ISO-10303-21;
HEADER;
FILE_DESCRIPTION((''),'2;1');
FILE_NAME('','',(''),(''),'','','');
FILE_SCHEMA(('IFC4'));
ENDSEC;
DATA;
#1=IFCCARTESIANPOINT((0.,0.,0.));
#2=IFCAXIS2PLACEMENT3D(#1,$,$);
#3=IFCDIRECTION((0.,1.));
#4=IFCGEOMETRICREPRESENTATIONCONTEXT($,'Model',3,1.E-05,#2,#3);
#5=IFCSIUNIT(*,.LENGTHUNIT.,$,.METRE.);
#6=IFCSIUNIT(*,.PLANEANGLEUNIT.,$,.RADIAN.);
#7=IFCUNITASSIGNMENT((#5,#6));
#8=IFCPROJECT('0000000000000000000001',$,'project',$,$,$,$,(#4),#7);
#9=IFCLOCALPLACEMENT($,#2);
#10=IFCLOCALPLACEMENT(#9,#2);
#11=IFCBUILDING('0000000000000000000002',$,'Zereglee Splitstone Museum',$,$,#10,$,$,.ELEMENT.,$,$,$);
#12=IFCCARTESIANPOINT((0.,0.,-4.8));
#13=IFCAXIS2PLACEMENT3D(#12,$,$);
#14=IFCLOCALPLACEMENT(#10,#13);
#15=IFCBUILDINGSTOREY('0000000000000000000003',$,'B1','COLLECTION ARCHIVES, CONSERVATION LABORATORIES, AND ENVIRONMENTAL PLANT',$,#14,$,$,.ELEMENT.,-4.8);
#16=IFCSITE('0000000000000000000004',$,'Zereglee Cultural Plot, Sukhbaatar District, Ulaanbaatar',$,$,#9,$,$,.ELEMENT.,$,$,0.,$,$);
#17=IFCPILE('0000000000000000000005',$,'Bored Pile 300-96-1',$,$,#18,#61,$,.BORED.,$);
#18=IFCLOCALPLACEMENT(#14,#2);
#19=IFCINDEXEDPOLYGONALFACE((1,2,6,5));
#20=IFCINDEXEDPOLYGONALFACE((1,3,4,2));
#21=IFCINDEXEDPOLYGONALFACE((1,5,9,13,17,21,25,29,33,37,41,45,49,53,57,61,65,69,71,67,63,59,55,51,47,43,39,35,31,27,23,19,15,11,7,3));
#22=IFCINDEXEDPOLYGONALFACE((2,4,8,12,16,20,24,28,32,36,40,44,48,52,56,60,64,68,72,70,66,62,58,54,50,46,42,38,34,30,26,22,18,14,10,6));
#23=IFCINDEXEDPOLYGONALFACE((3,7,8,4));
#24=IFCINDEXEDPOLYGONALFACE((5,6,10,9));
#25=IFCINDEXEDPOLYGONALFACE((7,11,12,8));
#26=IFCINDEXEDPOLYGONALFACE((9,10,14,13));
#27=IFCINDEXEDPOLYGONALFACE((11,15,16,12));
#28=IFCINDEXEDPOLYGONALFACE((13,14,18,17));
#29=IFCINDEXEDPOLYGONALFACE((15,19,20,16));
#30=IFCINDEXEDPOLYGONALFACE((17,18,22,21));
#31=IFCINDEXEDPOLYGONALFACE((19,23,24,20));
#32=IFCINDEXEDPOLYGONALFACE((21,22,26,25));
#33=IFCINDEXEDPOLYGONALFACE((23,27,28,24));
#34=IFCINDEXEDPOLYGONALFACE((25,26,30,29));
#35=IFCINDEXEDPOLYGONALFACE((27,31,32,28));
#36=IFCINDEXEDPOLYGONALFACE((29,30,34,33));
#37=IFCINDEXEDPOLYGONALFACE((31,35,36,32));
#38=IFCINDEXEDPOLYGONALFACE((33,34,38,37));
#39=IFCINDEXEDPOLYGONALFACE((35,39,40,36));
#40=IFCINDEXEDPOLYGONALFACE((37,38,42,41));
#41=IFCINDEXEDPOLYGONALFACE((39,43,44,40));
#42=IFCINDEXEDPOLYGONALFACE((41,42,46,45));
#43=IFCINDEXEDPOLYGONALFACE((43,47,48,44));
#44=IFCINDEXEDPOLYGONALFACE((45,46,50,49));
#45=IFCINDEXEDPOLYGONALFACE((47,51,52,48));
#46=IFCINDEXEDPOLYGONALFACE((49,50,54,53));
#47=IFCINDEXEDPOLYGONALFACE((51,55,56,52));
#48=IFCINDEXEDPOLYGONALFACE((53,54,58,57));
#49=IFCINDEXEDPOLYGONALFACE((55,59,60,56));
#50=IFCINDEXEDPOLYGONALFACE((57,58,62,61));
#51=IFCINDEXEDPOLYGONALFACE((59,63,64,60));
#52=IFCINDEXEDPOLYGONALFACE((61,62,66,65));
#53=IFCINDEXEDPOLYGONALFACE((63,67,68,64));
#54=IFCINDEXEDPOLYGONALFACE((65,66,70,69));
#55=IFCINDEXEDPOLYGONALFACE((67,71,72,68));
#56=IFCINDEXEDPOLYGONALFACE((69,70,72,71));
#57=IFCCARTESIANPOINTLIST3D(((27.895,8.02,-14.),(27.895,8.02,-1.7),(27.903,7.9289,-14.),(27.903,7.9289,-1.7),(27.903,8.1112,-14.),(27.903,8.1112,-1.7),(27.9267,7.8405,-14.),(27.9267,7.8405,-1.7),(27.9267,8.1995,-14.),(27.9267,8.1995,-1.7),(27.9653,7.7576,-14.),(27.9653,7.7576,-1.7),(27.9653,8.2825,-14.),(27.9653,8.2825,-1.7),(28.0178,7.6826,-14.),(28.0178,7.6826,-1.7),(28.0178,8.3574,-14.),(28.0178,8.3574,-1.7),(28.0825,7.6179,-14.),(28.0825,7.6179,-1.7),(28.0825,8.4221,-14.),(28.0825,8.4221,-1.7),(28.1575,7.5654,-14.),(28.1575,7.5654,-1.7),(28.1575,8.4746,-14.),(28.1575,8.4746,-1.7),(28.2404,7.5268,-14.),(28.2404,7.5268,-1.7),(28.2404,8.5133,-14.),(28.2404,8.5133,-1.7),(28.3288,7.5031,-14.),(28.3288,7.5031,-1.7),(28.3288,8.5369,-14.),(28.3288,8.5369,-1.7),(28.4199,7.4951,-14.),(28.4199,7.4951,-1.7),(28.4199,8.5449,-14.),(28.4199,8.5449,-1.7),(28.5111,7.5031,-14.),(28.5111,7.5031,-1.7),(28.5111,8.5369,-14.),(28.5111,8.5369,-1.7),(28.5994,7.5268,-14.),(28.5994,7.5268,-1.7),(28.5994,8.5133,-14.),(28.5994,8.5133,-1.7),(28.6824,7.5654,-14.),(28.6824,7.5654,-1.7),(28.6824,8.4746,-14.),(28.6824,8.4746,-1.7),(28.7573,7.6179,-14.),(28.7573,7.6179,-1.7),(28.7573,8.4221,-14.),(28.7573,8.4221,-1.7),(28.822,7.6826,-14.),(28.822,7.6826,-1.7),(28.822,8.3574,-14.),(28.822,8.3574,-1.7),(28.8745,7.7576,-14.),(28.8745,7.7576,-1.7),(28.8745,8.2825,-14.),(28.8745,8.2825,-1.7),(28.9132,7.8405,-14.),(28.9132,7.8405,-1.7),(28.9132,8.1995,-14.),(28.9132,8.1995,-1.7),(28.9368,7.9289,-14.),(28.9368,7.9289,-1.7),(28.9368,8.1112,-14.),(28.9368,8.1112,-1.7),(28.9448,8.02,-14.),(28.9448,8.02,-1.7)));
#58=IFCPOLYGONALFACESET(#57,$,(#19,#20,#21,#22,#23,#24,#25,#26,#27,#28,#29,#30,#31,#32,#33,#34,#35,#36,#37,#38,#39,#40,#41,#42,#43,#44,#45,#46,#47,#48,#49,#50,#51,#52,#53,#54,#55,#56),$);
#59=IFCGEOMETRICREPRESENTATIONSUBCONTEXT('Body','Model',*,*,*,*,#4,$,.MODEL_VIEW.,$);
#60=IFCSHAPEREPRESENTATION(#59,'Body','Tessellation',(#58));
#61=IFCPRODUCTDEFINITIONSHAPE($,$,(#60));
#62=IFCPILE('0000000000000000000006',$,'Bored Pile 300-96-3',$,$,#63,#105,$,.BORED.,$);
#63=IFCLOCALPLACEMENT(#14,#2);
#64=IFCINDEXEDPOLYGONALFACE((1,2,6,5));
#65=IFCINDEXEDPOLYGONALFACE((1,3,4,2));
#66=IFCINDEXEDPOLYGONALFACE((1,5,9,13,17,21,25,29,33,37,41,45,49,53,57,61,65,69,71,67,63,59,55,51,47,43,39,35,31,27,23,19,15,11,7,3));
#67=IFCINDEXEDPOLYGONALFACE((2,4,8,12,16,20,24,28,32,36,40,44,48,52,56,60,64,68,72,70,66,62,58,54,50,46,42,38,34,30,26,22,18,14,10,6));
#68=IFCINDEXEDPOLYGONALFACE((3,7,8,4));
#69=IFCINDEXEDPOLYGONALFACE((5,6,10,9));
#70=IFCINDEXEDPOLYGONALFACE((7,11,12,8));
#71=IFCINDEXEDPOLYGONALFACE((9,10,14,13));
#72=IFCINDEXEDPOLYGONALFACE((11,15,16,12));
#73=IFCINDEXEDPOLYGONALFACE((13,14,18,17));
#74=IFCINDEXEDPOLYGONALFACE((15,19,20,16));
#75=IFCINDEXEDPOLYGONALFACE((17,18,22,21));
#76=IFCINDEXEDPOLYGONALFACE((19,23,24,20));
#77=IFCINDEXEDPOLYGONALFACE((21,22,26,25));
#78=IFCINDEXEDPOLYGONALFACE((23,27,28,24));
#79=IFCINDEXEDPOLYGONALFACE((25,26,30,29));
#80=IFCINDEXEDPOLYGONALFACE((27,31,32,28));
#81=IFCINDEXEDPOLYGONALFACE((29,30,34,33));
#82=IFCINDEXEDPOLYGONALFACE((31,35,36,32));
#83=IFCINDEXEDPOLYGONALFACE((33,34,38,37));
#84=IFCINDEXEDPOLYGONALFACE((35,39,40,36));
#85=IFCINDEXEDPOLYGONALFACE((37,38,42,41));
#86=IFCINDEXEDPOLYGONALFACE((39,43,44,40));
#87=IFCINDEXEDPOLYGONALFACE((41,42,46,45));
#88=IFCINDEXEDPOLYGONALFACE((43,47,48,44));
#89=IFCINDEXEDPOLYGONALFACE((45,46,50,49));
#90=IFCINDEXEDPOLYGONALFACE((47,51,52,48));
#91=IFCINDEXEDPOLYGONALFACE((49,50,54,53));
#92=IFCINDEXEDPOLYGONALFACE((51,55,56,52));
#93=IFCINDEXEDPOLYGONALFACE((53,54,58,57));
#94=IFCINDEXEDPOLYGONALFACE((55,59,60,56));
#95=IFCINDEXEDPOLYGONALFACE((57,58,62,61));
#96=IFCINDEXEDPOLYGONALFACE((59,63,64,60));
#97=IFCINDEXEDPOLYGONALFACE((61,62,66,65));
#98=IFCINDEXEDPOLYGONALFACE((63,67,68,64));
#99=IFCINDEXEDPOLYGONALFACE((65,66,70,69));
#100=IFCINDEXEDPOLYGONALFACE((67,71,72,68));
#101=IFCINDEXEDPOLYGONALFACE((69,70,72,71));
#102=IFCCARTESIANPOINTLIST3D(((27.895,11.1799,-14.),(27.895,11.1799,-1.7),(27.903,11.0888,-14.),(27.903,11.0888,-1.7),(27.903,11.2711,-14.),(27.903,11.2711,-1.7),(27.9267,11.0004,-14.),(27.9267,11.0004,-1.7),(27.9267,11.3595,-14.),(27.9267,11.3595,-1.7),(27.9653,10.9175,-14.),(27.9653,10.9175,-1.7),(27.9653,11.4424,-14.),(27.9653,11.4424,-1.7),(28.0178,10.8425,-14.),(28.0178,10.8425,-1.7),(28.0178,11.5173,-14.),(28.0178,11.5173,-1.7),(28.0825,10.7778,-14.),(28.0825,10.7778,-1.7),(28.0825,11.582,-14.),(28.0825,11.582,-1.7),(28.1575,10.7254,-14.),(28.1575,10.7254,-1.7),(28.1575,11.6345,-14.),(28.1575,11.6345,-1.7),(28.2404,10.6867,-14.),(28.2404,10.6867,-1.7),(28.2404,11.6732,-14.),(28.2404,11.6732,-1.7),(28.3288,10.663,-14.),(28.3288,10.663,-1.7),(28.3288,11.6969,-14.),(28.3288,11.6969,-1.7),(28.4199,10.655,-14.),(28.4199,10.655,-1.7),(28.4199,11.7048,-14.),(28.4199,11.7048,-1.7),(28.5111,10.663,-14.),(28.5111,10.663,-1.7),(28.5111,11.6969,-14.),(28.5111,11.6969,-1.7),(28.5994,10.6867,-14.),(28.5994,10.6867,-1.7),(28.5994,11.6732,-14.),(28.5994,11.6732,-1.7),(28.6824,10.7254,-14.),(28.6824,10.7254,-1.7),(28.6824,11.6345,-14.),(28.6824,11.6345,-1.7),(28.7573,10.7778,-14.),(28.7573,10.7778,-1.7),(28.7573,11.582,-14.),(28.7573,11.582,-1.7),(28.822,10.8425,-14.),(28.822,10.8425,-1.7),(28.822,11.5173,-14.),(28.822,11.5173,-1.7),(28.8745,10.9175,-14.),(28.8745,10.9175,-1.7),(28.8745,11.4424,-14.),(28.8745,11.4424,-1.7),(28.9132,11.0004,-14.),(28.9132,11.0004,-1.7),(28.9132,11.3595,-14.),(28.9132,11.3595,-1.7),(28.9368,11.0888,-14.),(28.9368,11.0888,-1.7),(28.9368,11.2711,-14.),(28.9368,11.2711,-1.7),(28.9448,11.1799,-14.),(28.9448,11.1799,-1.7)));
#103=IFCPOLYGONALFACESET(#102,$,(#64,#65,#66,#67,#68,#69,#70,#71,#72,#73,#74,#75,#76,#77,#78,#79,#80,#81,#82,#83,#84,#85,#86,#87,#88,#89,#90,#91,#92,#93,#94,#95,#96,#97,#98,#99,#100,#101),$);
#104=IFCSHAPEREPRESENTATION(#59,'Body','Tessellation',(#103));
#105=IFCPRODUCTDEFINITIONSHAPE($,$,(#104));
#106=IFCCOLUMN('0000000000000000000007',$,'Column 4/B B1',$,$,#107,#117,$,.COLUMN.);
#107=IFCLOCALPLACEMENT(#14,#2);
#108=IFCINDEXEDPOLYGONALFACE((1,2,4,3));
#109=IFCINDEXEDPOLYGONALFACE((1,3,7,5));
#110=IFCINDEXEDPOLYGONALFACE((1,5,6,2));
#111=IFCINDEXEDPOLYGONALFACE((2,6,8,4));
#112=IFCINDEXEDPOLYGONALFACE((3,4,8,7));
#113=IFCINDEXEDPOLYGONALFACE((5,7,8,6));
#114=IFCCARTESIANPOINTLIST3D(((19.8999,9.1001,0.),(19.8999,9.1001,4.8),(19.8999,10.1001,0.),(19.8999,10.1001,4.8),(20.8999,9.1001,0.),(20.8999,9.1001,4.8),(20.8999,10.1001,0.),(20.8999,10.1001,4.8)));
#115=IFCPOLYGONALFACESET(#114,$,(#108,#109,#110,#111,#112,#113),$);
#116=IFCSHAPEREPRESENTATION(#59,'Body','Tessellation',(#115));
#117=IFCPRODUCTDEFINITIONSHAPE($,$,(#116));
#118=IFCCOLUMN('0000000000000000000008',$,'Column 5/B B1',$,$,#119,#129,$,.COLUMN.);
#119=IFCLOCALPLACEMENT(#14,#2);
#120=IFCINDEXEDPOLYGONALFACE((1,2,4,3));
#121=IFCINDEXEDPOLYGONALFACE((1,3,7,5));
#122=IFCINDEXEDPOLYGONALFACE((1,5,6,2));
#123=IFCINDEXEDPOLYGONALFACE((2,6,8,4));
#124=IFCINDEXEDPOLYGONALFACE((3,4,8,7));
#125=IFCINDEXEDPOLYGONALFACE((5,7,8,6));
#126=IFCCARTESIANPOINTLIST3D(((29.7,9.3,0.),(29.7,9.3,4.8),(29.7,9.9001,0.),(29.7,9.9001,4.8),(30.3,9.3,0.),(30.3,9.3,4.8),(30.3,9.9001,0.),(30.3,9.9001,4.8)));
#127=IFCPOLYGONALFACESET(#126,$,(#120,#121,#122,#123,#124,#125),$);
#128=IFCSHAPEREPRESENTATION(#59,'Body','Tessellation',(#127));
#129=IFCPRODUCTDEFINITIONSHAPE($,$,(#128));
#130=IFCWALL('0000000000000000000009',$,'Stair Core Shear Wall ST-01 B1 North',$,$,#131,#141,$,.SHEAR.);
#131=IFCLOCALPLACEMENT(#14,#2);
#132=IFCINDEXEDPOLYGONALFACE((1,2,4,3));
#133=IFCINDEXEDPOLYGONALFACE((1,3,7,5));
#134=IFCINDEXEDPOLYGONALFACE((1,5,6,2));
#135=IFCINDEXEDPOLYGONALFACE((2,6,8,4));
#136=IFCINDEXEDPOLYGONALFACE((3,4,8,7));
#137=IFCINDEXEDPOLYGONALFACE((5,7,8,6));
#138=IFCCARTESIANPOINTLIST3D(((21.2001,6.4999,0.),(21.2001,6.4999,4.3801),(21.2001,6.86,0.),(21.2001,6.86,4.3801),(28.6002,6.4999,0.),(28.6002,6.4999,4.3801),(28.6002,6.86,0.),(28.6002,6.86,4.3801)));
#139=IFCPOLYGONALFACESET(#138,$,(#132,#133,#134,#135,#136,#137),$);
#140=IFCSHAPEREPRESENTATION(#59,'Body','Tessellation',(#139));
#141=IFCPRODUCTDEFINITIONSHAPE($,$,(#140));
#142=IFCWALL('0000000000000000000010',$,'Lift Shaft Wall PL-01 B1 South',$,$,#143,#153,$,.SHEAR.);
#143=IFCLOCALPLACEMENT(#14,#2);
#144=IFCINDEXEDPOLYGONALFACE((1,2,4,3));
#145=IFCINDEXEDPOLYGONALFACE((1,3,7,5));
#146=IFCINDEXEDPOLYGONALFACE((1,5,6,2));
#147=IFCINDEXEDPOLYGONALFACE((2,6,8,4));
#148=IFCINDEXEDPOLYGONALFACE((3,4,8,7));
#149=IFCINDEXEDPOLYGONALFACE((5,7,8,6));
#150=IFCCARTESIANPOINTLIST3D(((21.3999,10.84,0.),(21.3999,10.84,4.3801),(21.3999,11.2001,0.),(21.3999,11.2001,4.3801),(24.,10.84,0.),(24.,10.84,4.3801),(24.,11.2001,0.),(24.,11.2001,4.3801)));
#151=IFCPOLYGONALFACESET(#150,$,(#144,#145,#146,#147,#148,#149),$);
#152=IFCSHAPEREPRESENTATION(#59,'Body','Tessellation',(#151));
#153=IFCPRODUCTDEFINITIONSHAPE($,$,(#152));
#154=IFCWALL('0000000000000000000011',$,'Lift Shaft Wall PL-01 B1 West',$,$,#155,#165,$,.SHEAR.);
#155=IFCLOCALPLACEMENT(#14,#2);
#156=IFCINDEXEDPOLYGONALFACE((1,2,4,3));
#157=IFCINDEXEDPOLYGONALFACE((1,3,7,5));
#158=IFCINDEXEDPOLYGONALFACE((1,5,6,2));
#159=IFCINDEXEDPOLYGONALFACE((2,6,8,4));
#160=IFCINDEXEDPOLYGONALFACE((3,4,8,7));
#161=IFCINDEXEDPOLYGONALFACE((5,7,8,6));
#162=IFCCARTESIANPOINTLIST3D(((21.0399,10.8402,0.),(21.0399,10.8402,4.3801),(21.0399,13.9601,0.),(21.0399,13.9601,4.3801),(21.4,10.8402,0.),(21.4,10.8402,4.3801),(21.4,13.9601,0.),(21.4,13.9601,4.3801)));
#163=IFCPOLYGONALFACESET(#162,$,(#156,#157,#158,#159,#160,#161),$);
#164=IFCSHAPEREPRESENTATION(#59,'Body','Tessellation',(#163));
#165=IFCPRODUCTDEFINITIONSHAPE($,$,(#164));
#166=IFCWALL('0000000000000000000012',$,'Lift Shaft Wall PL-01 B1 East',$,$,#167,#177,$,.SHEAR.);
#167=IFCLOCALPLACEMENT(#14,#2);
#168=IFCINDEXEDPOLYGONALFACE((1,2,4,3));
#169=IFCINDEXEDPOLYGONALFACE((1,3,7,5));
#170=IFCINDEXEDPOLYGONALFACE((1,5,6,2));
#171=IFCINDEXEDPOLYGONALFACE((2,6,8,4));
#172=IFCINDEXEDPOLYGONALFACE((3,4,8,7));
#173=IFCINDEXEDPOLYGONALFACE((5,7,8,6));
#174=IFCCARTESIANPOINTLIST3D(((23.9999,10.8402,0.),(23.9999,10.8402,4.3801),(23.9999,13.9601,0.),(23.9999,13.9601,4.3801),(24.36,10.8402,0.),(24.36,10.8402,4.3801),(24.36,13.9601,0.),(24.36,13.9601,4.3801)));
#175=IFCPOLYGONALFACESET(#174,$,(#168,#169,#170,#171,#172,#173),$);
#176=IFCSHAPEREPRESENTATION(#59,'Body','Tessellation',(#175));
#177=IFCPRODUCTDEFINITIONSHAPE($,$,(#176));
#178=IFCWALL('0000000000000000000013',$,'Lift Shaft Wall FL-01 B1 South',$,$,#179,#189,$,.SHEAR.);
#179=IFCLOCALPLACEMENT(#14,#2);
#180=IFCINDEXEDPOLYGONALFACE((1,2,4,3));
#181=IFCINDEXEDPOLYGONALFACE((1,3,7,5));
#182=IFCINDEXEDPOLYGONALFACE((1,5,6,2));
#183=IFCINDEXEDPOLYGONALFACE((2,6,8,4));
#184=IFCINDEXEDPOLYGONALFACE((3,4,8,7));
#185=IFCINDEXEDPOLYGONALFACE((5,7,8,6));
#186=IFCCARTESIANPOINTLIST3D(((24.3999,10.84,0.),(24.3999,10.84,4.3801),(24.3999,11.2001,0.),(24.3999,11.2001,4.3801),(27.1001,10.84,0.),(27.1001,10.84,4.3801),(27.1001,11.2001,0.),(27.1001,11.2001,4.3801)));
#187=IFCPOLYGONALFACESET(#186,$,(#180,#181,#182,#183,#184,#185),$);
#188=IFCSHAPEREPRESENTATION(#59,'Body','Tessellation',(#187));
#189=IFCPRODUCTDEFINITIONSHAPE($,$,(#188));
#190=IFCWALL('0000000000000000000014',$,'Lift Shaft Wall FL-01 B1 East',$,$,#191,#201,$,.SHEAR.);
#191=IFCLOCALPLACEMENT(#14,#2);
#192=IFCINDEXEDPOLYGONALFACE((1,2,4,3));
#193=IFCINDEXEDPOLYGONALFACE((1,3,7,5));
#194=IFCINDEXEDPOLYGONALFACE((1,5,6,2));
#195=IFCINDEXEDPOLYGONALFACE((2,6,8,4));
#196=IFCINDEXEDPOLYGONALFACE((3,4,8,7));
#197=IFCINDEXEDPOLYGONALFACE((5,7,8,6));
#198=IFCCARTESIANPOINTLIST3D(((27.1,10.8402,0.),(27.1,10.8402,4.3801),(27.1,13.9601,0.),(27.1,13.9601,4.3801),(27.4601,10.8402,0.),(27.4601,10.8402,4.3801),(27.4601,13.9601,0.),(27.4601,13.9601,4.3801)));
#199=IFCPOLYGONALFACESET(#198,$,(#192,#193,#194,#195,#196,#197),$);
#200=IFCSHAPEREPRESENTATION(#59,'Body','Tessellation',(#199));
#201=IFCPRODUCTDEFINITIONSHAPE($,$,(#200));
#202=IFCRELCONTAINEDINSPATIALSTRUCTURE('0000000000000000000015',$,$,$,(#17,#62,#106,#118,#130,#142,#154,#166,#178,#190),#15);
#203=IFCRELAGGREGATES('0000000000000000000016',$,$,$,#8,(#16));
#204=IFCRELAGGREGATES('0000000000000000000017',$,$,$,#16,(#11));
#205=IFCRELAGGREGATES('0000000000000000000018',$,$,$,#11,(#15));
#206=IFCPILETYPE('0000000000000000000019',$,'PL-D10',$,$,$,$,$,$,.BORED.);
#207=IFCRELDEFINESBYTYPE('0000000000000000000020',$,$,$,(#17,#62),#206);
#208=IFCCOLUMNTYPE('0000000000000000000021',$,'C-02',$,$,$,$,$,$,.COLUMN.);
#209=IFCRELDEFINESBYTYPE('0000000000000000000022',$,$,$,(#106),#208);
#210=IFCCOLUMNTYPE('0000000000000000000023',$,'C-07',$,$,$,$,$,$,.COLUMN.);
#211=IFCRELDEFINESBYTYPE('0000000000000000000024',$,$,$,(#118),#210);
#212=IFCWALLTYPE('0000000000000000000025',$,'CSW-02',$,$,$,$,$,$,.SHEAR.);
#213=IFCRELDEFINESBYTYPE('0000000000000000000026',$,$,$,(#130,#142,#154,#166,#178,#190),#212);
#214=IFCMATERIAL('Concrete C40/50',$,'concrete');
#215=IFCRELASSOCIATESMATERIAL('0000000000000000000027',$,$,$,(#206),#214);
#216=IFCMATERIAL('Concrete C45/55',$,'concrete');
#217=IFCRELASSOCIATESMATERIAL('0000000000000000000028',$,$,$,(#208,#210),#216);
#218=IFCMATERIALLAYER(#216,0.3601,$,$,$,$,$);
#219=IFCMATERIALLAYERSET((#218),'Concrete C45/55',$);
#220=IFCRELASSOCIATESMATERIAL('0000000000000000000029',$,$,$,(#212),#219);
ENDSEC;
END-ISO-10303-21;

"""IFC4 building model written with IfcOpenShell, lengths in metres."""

from ifc_helpers import new_model, si_unit, direction, frame, frame_2d, origin, origin_2d, place, context, subcontext, project, spatial, rectangle, circle, extrude, material, layer, layer_set, material_profile, profile_set, type_object, element, save


model = new_model("IFC4")

# Units and contexts
model_context = context("Model", 3, precision=1e-05, world=origin(), true_north=direction((0.0, 1.0)))
body_context = subcontext(model_context, "Body", "Model", "MODEL_VIEW")
ifc_project = project(units=[si_unit("LENGTHUNIT", "METRE"), si_unit("PLANEANGLEUNIT", "RADIAN")], contexts=[model_context])

# Site, building, storey
site_placement = place(None, origin())
site = spatial("IfcSite", under=ifc_project, at=site_placement, Name="Zereglee Cultural Plot, Sukhbaatar District, Ulaanbaatar", CompositionType="ELEMENT", RefElevation=0.0)
building_placement = place(site_placement, origin())
building = spatial("IfcBuilding", under=site, at=building_placement, Name="Zereglee Splitstone Museum", CompositionType="ELEMENT")
storey_placement = place(building_placement, frame((0.0, 0.0, -4.8)))
storey = spatial("IfcBuildingStorey", under=building, at=storey_placement, Name="B1", Description="COLLECTION ARCHIVES, CONSERVATION LABORATORIES, AND ENVIRONMENTAL PLANT", CompositionType="ELEMENT", Elevation=-4.8)

# Shared definitions
ifc_material_1 = material(Name="Concrete C40/50", Category="concrete")

# Piles
ifc_material_profile_1 = material_profile(ifc_material_1, circle(Radius=0.5249, at=origin_2d()), Name="PILE D1050")
ifc_profile_set_1 = profile_set([ifc_material_profile_1], Name="Concrete C40/50")
pile_type = type_object("IfcPileType", Name="PL-D10", PredefinedType="BORED", material=ifc_profile_set_1)
for number, where, z_axis, x_axis, name in (
    (1, (28.4199, 8.02, -1.7), (0.0, 0.0, -1.0), (1.0, 0.0, 0.0), "Bored Pile 300-96-1"),
    (2, (28.4199, 11.1799, -1.7), (0.0, 0.0, -1.0), (1.0, 0.0, 0.0), "Bored Pile 300-96-3"),
):
    element("IfcPile", number, at=place(storey_placement, frame(where, z_axis=z_axis, x_axis=x_axis)), inside=storey, type_object=pile_type, Name=name, PredefinedType="BORED", context=body_context, shape_type="SweptSolid", body=[
        extrude(circle(Radius=0.5249, at=origin_2d()), origin(), (0.0, 0.0, 1.0), 12.3),
    ])

# Columns
ifc_material_2 = material(Name="Concrete C45/55", Category="concrete")
ifc_material_profile_2 = material_profile(ifc_material_2, rectangle(XDim=1.0, YDim=1.0, at=origin_2d()), Name="RC 1000x1000")
ifc_profile_set_2 = profile_set([ifc_material_profile_2], Name="Concrete C45/55")
column_type_1 = type_object("IfcColumnType", Name="C-02", PredefinedType="COLUMN", material=ifc_profile_set_2)
column_1_placement = place(storey_placement, frame((20.3999, 9.6001, 0.0), z_axis=(0.0, 0.0, 1.0), x_axis=(1.0, 0.0, 0.0)))
element("IfcColumn", 3, at=column_1_placement, inside=storey, type_object=column_type_1, Name="Column 4/B B1", PredefinedType="COLUMN", context=body_context, shape_type="SweptSolid", body=[
    extrude(rectangle(XDim=1.0, YDim=1.0, at=origin_2d()), origin(), (0.0, 0.0, 1.0), 4.8),
])
ifc_material_profile_3 = material_profile(ifc_material_2, rectangle(XDim=0.6001, YDim=0.6001, at=origin_2d()), Name="RC 600x600")
ifc_profile_set_3 = profile_set([ifc_material_profile_3], Name="Concrete C45/55")
column_type_2 = type_object("IfcColumnType", Name="C-07", PredefinedType="COLUMN", material=ifc_profile_set_3)
column_2_placement = place(storey_placement, frame((30.0, 9.6001, 0.0), z_axis=(0.0, 0.0, 1.0), x_axis=(1.0, 0.0, 0.0)))
element("IfcColumn", 4, at=column_2_placement, inside=storey, type_object=column_type_2, Name="Column 5/B B1", PredefinedType="COLUMN", context=body_context, shape_type="SweptSolid", body=[
    extrude(rectangle(XDim=0.6001, YDim=0.6001, at=origin_2d()), origin(), (0.0, 0.0, 1.0), 4.8),
])

# Walls
ifc_layer_1 = layer(ifc_material_2, 0.3601)
ifc_layer_set_1 = layer_set([ifc_layer_1], Name="Concrete C45/55")
wall_type_1 = type_object("IfcWallType", Name="CSW-02", PredefinedType="SHEAR", material=ifc_layer_set_1)
wall_1_placement = place(storey_placement, frame((21.2, 6.6799, 0.0), z_axis=(0.0, 0.0, 1.0), x_axis=(1.0, 0.0, 0.0)))
element("IfcWall", 5, at=wall_1_placement, inside=storey, type_object=wall_type_1, Name="Stair Core Shear Wall ST-01 B1 North", PredefinedType="SHEAR", context=body_context, shape_type="SweptSolid", body=[
    extrude(rectangle(XDim=7.4001, YDim=0.3601, at=frame_2d((3.7002, 0.0))), origin(), (0.0, 0.0, 1.0), 4.3801),
])
wall_2_placement = place(storey_placement, frame((21.3999, 11.02, 0.0), z_axis=(0.0, 0.0, 1.0), x_axis=(1.0, 0.0, 0.0)))
element("IfcWall", 6, at=wall_2_placement, inside=storey, type_object=wall_type_1, Name="Lift Shaft Wall PL-01 B1 South", PredefinedType="SHEAR", context=body_context, shape_type="SweptSolid", body=[
    extrude(rectangle(XDim=2.6001, YDim=0.3601, at=frame_2d((1.3, 0.0))), origin(), (0.0, 0.0, 1.0), 4.3801),
])
for number, where, z_axis, x_axis, name in (
    (7, (21.22, 10.8401, 0.0), (0.0, 0.0, 1.0), (0.0, 1.0, 0.0), "Lift Shaft Wall PL-01 B1 West"),
    (8, (24.1799, 10.8401, 0.0), (0.0, 0.0, 1.0), (0.0, 1.0, 0.0), "Lift Shaft Wall PL-01 B1 East"),
):
    element("IfcWall", number, at=place(storey_placement, frame(where, z_axis=z_axis, x_axis=x_axis)), inside=storey, type_object=wall_type_1, Name=name, PredefinedType="SHEAR", context=body_context, shape_type="SweptSolid", body=[
        extrude(rectangle(XDim=3.1199, YDim=0.3601, at=frame_2d((1.5601, 0.0))), origin(), (0.0, 0.0, 1.0), 4.3801),
    ])
wall_3_placement = place(storey_placement, frame((24.3999, 11.02, 0.0), z_axis=(0.0, 0.0, 1.0), x_axis=(1.0, 0.0, 0.0)))
element("IfcWall", 9, at=wall_3_placement, inside=storey, type_object=wall_type_1, Name="Lift Shaft Wall FL-01 B1 South", PredefinedType="SHEAR", context=body_context, shape_type="SweptSolid", body=[
    extrude(rectangle(XDim=2.7002, YDim=0.3601, at=frame_2d((1.3501, 0.0))), origin(), (0.0, 0.0, 1.0), 4.3801),
])
wall_4_placement = place(storey_placement, frame((27.28, 10.8401, 0.0), z_axis=(0.0, 0.0, 1.0), x_axis=(0.0, 1.0, 0.0)))
element("IfcWall", 10, at=wall_4_placement, inside=storey, type_object=wall_type_1, Name="Lift Shaft Wall FL-01 B1 East", PredefinedType="SHEAR", context=body_context, shape_type="SweptSolid", body=[
    extrude(rectangle(XDim=3.1199, YDim=0.3601, at=frame_2d((1.5601, 0.0))), origin(), (0.0, 0.0, 1.0), 4.3801),
])

save(model, "model.ifc")
